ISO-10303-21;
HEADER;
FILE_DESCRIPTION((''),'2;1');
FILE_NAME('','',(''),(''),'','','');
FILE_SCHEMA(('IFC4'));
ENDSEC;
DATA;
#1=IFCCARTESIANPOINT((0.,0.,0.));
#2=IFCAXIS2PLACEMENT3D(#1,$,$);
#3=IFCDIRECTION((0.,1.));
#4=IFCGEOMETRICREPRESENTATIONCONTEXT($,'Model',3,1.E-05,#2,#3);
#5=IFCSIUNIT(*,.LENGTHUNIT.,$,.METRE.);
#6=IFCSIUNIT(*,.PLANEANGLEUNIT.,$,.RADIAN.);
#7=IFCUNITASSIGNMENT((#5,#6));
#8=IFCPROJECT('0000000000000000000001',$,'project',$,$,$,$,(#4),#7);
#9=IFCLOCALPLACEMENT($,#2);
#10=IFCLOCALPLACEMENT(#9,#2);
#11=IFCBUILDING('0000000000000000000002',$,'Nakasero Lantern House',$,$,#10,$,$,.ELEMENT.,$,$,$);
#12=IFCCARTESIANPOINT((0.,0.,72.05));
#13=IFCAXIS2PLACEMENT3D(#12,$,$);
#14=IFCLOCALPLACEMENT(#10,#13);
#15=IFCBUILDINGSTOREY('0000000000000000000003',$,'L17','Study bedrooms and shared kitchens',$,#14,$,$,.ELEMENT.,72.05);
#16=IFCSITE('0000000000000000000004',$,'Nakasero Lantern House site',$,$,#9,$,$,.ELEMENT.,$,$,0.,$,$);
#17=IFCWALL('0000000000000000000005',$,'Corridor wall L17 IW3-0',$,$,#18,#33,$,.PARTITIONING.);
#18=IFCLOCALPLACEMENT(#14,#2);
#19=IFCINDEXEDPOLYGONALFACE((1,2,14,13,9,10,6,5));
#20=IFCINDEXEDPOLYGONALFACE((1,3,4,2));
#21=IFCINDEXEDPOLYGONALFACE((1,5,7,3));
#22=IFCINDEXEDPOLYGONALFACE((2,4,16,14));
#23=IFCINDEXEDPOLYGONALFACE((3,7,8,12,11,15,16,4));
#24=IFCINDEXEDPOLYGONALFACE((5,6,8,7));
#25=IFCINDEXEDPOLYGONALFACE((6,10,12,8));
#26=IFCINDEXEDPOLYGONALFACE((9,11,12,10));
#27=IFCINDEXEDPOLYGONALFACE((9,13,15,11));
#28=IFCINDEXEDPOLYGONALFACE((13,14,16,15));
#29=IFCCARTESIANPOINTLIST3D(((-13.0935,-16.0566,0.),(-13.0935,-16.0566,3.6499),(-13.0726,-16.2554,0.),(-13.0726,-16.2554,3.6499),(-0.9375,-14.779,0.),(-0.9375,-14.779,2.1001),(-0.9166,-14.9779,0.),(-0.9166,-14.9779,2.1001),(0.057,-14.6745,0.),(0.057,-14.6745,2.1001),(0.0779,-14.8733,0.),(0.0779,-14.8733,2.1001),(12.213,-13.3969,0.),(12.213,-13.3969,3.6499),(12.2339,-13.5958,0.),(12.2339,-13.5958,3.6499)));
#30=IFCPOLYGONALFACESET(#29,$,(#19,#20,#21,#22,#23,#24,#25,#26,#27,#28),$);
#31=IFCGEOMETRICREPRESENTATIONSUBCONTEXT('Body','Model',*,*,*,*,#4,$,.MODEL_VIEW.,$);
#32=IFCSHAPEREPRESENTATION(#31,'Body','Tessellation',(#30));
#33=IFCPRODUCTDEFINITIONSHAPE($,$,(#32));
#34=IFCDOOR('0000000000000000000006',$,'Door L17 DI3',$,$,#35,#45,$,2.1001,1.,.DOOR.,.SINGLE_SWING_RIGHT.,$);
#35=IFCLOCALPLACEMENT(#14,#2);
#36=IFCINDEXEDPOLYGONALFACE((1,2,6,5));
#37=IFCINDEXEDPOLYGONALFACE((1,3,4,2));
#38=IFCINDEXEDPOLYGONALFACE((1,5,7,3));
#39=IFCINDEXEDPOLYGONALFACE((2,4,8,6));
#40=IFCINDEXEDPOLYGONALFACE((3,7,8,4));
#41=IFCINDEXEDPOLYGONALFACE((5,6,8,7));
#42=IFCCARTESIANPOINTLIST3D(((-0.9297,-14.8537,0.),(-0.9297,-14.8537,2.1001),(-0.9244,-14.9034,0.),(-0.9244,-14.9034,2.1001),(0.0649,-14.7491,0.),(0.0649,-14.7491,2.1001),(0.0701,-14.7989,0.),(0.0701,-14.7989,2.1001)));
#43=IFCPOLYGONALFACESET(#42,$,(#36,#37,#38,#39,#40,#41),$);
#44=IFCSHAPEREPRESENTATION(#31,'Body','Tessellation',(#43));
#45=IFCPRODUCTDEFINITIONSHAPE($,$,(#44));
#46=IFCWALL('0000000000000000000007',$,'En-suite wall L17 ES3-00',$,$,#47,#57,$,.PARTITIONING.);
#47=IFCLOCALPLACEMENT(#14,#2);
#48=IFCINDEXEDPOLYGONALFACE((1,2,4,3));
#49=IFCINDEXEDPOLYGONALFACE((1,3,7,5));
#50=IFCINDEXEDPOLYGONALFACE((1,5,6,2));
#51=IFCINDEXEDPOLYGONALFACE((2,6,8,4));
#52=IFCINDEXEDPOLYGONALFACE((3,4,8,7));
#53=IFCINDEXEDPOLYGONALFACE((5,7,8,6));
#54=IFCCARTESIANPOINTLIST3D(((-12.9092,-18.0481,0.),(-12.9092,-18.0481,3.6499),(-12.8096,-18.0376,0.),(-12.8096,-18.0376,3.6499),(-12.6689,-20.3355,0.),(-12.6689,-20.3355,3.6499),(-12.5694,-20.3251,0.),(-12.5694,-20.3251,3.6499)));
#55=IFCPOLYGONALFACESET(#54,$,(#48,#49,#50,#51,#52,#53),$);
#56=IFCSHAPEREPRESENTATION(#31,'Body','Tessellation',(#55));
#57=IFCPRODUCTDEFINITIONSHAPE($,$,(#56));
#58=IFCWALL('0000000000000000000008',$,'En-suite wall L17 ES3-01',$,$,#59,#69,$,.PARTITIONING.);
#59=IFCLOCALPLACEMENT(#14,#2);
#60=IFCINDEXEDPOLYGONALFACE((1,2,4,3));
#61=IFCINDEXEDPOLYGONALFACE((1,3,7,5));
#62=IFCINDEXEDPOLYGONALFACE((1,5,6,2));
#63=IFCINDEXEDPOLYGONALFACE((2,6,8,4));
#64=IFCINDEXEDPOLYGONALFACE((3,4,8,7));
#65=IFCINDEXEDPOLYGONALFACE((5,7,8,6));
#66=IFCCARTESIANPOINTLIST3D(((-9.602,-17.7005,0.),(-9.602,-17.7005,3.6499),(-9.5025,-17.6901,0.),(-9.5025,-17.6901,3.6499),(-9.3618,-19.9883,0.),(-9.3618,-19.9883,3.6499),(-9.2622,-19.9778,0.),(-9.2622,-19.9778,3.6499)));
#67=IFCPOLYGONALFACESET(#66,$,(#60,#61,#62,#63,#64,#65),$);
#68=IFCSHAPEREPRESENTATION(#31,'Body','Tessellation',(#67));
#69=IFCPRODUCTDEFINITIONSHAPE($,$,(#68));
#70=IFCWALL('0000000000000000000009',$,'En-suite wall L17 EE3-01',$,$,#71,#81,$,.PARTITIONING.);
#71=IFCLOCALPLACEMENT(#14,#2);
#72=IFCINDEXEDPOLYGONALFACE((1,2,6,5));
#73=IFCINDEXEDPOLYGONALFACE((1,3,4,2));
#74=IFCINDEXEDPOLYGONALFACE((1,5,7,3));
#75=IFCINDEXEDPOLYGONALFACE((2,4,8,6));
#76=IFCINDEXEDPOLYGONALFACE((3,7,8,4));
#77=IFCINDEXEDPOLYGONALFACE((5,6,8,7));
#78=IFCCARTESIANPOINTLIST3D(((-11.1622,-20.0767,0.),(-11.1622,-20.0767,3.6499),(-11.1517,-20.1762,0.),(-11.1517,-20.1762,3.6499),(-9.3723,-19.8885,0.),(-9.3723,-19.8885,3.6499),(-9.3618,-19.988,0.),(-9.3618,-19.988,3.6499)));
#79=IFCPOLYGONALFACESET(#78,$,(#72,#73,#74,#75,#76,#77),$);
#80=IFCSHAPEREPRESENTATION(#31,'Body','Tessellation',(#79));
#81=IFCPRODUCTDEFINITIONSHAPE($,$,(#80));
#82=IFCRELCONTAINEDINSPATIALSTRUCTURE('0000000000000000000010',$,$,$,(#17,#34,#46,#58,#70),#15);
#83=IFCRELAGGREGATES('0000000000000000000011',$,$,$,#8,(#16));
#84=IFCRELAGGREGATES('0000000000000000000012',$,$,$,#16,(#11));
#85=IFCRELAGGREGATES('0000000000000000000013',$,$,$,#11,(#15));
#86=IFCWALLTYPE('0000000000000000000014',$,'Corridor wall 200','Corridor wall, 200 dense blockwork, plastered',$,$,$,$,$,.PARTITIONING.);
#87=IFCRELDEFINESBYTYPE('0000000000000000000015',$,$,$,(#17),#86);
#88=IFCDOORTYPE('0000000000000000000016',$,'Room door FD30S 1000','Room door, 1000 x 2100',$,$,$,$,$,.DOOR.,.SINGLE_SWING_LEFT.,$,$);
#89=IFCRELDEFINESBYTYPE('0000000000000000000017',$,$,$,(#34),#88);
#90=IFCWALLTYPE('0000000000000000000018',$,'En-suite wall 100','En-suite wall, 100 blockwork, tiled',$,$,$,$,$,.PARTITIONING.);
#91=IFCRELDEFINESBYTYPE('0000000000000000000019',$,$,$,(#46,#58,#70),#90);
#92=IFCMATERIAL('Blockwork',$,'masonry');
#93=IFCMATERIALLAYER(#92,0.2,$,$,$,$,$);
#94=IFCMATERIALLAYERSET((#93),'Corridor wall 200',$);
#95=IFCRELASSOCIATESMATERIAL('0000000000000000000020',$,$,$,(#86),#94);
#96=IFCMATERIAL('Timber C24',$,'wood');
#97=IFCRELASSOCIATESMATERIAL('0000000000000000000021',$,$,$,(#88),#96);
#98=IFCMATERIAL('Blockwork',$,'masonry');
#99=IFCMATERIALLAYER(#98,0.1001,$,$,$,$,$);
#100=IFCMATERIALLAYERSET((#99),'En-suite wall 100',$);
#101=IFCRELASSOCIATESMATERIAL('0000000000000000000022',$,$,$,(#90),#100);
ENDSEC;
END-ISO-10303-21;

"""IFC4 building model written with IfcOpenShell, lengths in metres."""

from ifc_helpers import new_model, si_unit, direction, frame, frame_2d, origin, place, context, subcontext, project, spatial, rectangle, extrude, material, layer, layer_set, type_object, element, fill, save


model = new_model("IFC4")

# Units and contexts
model_context = context("Model", 3, precision=1e-05, world=origin(), true_north=direction((0.0, 1.0)))
body_context = subcontext(model_context, "Body", "Model", "MODEL_VIEW")
ifc_project = project(units=[si_unit("LENGTHUNIT", "METRE"), si_unit("PLANEANGLEUNIT", "RADIAN")], contexts=[model_context])

# Site, building, storey
site_placement = place(None, origin())
site = spatial("IfcSite", under=ifc_project, at=site_placement, Name="Nakasero Lantern House site", CompositionType="ELEMENT", RefElevation=0.0)
building_placement = place(site_placement, origin())
building = spatial("IfcBuilding", under=site, at=building_placement, Name="Nakasero Lantern House", CompositionType="ELEMENT")
storey_placement = place(building_placement, frame((0.0, 0.0, 72.05)))
storey = spatial("IfcBuildingStorey", under=building, at=storey_placement, Name="L17", Description="Study bedrooms and shared kitchens", CompositionType="ELEMENT", Elevation=72.05)

# Shared definitions
ifc_material_1 = material(Name="Blockwork", Category="masonry")
ifc_layer_1 = layer(ifc_material_1, 0.2)
ifc_layer_set_1 = layer_set([ifc_layer_1], Name="Corridor wall 200")
wall_type_1 = type_object("IfcWallType", Name="Corridor wall 200", Description="Corridor wall, 200 dense blockwork, plastered", PredefinedType="PARTITIONING", material=ifc_layer_set_1)

# Wall, opening, door
wall_1_placement = place(storey_placement, frame((-13.083, -16.156, 0.0), z_axis=(0.0, 0.0, 1.0), x_axis=(0.994522, 0.104523, 0.0)))
wall_1 = element("IfcWall", 1, at=wall_1_placement, inside=storey, type_object=wall_type_1, Name="Corridor wall L17 IW3-0", PredefinedType="PARTITIONING", context=body_context, shape_type="SweptSolid", body=[
    extrude(rectangle(XDim=25.4458, YDim=0.2, at=frame_2d((12.7229, 0.0))), origin(), (0.0, 0.0, 1.0), 3.6499),
])
opening_1_placement = place(wall_1_placement, frame((12.2229, 0.0, 0.0)))
opening_1 = element("IfcOpeningElement", 2, at=opening_1_placement, cuts=wall_1, PredefinedType="OPENING", context=body_context, shape_type="SweptSolid", body=[
    extrude(rectangle(XDim=1.0, YDim=2.1001, at=frame_2d((0.5, 1.05))), frame((0.0, 0.1199, 0.0), z_axis=(0.0, -1.0, 0.0), x_axis=(1.0, 0.0, 0.0)), (0.0, 0.0, 1.0), 0.24),
])
ifc_material_2 = material(Name="Timber C24", Category="wood")
door_type_1 = type_object("IfcDoorType", Name="Room door FD30S 1000", Description="Room door, 1000 x 2100", OperationType="SINGLE_SWING_LEFT", PredefinedType="DOOR", material=ifc_material_2)
door_1_placement = place(opening_1_placement, origin())
door_1 = element("IfcDoor", 3, at=door_1_placement, inside=storey, type_object=door_type_1, Name="Door L17 DI3", OperationType="SINGLE_SWING_RIGHT", OverallHeight=2.1001, OverallWidth=1.0, PredefinedType="DOOR", context=body_context, shape_type="SweptSolid", body=[
    extrude(rectangle(XDim=1.0, YDim=2.1001, at=frame_2d((0.5, 1.05))), frame((0.0, 0.0249, 0.0), z_axis=(0.0, -1.0, 0.0), x_axis=(1.0, 0.0, 0.0)), (0.0, 0.0, 1.0), 0.05),
])
fill(opening_1, door_1)

# Walls
ifc_material_3 = material(Name="Blockwork", Category="masonry")
ifc_layer_2 = layer(ifc_material_3, 0.1001)
ifc_layer_set_2 = layer_set([ifc_layer_2], Name="En-suite wall 100")
wall_type_2 = type_object("IfcWallType", Name="En-suite wall 100", Description="En-suite wall, 100 blockwork, tiled", PredefinedType="PARTITIONING", material=ifc_layer_set_2)
wall_2_placement = place(storey_placement, frame((-12.8594, -18.043, 0.0), z_axis=(0.0, 0.0, 1.0), x_axis=(0.104453, -0.99453, 0.0)))
element("IfcWall", 4, at=wall_2_placement, inside=storey, type_object=wall_type_2, Name="En-suite wall L17 ES3-00", PredefinedType="PARTITIONING", context=body_context, shape_type="SweptSolid", body=[
    extrude(rectangle(XDim=2.3, YDim=0.1001, at=frame_2d((1.1499, 0.0))), origin(), (0.0, 0.0, 1.0), 3.6499),
])
wall_3_placement = place(storey_placement, frame((-9.5522, -17.6953, 0.0), z_axis=(0.0, 0.0, 1.0), x_axis=(0.104442, -0.994531, 0.0)))
element("IfcWall", 5, at=wall_3_placement, inside=storey, type_object=wall_type_2, Name="En-suite wall L17 ES3-01", PredefinedType="PARTITIONING", context=body_context, shape_type="SweptSolid", body=[
    extrude(rectangle(XDim=2.3003, YDim=0.1001, at=frame_2d((1.1501, 0.0))), origin(), (0.0, 0.0, 1.0), 3.6499),
])
wall_4_placement = place(storey_placement, frame((-11.157, -20.1265, 0.0), z_axis=(0.0, 0.0, 1.0), x_axis=(0.994517, 0.104579, 0.0)))
element("IfcWall", 6, at=wall_4_placement, inside=storey, type_object=wall_type_2, Name="En-suite wall L17 EE3-01", PredefinedType="PARTITIONING", context=body_context, shape_type="SweptSolid", body=[
    extrude(rectangle(XDim=1.7998, YDim=0.1001, at=frame_2d((0.8999, 0.0))), origin(), (0.0, 0.0, 1.0), 3.6499),
])

save(model, "model.ifc")
